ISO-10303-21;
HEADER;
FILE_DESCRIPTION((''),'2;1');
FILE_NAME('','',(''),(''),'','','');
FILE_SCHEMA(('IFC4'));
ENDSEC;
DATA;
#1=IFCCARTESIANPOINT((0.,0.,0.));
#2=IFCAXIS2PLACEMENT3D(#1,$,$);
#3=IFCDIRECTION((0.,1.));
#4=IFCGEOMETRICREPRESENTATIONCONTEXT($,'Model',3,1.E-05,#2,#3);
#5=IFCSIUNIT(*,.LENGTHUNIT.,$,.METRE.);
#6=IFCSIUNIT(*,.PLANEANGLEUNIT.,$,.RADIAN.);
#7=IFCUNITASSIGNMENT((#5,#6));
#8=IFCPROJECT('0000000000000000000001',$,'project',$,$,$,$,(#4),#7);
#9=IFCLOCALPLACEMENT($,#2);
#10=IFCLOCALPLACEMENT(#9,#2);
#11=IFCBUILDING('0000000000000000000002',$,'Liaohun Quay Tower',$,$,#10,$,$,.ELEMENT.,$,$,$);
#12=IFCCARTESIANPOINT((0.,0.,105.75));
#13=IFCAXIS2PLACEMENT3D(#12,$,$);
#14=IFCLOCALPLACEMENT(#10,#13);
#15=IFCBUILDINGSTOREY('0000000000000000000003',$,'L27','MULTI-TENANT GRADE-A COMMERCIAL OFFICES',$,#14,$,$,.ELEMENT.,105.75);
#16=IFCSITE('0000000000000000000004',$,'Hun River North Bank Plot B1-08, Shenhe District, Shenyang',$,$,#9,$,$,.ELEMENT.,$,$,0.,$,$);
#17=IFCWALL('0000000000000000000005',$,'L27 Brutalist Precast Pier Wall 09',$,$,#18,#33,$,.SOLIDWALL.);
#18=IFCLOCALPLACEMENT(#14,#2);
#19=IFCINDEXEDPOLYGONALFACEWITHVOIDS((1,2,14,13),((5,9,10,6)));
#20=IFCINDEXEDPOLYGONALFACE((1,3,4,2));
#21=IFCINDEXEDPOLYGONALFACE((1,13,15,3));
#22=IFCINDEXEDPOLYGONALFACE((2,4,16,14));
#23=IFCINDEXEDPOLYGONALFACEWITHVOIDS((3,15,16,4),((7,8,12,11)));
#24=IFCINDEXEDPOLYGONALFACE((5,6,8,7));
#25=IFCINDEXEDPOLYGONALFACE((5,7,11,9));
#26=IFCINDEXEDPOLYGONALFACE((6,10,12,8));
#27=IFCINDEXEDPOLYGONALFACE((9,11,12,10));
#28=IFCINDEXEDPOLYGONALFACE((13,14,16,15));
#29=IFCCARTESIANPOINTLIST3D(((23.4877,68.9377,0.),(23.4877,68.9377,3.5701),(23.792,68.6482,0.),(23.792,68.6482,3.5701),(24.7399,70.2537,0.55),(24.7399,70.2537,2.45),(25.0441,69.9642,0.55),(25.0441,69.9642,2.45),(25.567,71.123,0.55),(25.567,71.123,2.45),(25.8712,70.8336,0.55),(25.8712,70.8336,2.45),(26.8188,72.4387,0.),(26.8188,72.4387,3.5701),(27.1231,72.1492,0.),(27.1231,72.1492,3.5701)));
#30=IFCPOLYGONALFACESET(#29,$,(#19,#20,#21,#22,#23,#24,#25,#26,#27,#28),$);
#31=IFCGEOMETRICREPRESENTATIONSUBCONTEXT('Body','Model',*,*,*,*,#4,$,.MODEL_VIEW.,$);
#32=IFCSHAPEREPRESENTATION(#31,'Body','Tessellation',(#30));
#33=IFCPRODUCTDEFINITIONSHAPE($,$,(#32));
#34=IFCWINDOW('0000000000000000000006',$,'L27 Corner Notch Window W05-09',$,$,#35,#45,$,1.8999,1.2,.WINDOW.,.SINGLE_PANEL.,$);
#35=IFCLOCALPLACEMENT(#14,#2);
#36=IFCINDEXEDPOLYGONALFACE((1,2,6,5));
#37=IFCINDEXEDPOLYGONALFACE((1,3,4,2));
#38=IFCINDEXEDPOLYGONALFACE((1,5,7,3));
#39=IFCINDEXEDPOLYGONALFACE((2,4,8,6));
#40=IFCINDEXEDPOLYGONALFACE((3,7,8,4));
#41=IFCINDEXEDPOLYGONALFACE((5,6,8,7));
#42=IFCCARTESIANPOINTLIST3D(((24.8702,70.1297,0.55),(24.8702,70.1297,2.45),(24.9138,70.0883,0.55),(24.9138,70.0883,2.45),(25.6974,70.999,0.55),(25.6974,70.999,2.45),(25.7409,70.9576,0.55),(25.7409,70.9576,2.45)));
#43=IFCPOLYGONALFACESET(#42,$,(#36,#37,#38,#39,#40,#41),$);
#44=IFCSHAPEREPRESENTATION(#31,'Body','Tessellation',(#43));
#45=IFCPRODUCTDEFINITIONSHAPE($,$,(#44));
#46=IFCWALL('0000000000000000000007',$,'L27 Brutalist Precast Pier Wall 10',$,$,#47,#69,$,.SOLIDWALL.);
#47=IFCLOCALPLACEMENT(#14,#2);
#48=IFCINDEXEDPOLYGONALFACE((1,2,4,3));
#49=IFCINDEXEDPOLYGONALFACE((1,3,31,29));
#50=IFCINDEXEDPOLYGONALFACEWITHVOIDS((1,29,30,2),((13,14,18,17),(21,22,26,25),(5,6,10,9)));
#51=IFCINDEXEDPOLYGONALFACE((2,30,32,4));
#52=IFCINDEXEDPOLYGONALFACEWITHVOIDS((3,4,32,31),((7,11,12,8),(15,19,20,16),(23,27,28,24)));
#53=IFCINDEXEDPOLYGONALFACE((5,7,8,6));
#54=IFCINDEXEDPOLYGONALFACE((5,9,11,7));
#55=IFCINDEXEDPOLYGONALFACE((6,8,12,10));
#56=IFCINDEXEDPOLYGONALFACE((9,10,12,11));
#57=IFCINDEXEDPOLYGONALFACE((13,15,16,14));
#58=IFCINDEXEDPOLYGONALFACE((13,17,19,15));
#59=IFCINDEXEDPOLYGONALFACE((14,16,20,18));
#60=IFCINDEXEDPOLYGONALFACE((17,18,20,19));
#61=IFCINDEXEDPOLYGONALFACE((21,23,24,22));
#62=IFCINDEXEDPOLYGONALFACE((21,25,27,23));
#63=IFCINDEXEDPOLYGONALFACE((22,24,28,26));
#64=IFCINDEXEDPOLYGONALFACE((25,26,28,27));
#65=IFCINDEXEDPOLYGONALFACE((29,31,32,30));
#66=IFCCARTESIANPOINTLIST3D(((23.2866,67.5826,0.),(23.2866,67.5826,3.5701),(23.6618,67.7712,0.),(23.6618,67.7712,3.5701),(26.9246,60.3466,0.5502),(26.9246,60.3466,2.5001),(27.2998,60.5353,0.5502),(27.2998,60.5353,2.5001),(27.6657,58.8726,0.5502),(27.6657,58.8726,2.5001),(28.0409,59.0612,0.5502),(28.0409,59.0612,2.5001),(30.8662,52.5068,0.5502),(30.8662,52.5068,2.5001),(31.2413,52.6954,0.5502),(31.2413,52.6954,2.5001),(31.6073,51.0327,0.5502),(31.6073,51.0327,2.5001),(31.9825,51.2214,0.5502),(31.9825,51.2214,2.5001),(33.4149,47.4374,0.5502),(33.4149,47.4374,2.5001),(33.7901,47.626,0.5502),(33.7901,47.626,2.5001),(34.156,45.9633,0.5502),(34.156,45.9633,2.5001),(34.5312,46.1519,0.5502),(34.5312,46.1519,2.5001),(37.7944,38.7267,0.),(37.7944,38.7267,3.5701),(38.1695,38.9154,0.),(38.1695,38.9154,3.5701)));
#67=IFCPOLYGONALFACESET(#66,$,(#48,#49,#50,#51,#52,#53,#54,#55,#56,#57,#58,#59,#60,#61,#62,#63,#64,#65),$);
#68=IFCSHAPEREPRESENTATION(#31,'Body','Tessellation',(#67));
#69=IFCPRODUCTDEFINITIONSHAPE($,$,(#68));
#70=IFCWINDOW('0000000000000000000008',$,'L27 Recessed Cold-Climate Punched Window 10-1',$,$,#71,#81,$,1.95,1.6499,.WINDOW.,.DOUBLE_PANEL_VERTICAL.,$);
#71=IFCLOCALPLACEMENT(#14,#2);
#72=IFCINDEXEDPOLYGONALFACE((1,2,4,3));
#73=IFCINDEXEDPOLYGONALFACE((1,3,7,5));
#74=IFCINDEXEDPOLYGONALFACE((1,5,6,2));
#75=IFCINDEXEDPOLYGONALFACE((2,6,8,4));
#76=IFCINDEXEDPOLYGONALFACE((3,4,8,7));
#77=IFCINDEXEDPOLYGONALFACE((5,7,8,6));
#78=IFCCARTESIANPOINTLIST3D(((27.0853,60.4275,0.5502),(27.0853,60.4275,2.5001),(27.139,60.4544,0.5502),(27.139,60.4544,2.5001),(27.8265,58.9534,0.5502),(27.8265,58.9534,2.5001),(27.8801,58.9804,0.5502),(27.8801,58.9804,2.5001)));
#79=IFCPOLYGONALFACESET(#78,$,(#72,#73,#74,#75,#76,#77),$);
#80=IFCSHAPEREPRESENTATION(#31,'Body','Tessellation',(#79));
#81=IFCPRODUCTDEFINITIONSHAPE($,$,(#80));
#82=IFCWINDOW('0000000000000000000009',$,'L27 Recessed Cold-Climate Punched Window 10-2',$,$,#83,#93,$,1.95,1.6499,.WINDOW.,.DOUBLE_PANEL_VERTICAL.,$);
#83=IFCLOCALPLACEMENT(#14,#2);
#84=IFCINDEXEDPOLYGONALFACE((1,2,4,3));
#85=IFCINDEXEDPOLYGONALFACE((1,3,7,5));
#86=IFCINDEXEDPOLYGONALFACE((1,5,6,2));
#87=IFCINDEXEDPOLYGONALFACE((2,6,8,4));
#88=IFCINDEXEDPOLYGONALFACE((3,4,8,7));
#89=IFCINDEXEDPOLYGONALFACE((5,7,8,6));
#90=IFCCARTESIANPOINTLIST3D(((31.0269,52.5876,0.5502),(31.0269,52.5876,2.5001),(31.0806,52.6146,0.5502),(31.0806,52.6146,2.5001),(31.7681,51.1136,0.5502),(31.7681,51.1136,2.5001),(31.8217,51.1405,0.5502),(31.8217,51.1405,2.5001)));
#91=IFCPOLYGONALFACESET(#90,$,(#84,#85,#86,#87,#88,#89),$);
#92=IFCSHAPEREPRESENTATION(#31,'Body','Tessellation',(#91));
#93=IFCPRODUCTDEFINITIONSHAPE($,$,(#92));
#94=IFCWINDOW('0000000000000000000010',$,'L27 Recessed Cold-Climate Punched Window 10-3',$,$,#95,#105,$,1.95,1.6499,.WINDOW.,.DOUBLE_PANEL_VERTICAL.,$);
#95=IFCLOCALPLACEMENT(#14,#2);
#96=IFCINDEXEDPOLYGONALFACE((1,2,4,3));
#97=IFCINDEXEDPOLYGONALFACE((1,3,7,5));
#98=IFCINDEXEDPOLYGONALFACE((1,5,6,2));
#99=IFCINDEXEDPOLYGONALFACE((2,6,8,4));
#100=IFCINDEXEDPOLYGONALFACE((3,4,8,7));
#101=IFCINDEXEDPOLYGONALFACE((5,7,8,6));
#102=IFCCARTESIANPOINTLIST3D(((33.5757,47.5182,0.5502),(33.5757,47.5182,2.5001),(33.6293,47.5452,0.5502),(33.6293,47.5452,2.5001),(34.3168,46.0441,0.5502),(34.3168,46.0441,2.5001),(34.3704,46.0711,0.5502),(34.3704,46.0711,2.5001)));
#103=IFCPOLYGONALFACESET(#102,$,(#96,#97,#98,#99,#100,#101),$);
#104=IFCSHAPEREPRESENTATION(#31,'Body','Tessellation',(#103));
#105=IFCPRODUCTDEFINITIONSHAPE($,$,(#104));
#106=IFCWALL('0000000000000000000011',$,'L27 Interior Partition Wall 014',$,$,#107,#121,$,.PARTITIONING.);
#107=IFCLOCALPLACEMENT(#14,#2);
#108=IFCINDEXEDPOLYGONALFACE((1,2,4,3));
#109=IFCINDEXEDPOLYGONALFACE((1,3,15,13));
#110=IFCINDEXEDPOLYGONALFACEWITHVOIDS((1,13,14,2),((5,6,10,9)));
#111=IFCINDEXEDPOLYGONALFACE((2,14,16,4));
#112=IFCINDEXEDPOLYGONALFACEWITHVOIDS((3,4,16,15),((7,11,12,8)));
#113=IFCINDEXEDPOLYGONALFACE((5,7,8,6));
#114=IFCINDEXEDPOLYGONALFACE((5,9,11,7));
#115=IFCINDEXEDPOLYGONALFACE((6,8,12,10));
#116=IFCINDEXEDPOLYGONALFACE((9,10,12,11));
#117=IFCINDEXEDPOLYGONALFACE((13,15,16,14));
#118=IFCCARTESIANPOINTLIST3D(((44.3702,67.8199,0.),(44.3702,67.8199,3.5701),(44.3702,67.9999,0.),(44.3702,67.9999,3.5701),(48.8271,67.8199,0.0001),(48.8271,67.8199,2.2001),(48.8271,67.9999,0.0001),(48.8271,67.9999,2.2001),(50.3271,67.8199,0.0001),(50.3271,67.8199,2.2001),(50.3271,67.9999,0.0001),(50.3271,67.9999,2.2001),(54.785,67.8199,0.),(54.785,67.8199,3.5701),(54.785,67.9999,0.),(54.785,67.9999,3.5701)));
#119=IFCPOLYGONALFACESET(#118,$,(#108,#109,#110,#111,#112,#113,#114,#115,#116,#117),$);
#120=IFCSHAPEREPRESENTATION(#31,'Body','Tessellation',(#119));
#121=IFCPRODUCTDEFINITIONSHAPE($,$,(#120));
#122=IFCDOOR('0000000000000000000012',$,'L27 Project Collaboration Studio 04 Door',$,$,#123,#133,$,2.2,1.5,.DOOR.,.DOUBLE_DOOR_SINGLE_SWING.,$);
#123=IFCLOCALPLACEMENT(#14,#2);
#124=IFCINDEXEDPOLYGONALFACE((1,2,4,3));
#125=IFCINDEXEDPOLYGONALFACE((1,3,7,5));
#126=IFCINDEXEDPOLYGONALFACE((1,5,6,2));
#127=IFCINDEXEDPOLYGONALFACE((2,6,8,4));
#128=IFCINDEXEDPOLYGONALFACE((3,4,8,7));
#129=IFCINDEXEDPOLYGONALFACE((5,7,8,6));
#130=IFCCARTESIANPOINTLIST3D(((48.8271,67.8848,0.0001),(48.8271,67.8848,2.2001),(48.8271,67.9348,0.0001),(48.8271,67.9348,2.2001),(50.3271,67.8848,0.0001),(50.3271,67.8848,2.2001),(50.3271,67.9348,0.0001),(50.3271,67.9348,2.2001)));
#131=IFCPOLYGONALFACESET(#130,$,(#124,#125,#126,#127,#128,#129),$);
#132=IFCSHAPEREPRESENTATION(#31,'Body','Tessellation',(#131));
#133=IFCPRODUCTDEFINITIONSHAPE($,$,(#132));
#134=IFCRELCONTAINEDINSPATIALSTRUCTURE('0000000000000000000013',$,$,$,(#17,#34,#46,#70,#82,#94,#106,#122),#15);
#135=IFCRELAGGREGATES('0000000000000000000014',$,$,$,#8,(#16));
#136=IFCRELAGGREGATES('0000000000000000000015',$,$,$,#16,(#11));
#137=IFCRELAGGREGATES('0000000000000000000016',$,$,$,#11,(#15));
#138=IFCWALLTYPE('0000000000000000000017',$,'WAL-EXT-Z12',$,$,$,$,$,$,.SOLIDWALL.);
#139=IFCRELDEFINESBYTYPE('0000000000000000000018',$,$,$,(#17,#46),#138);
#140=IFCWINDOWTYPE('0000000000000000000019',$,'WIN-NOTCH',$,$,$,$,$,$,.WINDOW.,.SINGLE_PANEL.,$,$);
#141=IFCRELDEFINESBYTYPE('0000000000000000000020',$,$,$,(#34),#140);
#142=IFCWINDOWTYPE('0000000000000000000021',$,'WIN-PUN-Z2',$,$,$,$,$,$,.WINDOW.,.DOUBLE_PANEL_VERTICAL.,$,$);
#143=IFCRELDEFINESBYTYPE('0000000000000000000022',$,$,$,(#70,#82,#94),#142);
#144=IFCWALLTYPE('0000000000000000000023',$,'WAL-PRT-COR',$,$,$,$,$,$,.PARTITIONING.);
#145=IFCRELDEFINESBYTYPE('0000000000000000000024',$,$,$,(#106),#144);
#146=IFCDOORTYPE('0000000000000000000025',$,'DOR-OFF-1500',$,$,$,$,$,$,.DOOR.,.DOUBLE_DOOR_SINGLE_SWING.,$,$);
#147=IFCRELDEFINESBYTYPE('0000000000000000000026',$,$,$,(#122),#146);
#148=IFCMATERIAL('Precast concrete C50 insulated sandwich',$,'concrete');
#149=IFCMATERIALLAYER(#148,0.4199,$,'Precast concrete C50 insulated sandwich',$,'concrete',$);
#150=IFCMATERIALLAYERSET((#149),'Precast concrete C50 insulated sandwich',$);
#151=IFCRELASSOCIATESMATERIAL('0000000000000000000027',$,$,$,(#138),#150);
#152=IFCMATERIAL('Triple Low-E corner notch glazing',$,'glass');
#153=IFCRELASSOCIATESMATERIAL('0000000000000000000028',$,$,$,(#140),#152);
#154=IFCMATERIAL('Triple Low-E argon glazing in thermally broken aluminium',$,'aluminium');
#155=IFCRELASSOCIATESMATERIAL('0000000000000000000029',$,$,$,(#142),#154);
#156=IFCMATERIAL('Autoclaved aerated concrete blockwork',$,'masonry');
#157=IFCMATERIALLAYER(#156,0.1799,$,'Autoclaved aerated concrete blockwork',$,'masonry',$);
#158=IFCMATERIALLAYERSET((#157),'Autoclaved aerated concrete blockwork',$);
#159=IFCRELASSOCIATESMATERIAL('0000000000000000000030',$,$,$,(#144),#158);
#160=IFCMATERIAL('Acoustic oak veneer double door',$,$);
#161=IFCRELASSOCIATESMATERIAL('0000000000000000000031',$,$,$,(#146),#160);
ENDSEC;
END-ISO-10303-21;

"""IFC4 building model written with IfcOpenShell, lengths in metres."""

from ifc_helpers import new_model, si_unit, direction, frame, frame_2d, origin, place, context, subcontext, project, spatial, rectangle, extrude, source, transform, mapped, material, layer, layer_set, type_object, element, fill, save


model = new_model("IFC4")

# Units and contexts
model_context = context("Model", 3, precision=1e-05, world=origin(), true_north=direction((0.0, 1.0)))
body_context = subcontext(model_context, "Body", "Model", "MODEL_VIEW")
ifc_project = project(units=[si_unit("LENGTHUNIT", "METRE"), si_unit("PLANEANGLEUNIT", "RADIAN")], contexts=[model_context])

# Site, building, storey
site_placement = place(None, origin())
site = spatial("IfcSite", under=ifc_project, at=site_placement, Name="Hun River North Bank Plot B1-08, Shenhe District, Shenyang", CompositionType="ELEMENT", RefElevation=0.0)
building_placement = place(site_placement, origin())
building = spatial("IfcBuilding", under=site, at=building_placement, Name="Liaohun Quay Tower", CompositionType="ELEMENT")
storey_placement = place(building_placement, frame((0.0, 0.0, 105.75)))
storey = spatial("IfcBuildingStorey", under=building, at=storey_placement, Name="L27", Description="MULTI-TENANT GRADE-A COMMERCIAL OFFICES", CompositionType="ELEMENT", Elevation=105.75)

# Wall, opening, window
ifc_material_1 = material(Name="Precast concrete C50 insulated sandwich", Category="concrete")
ifc_layer_1 = layer(ifc_material_1, 0.4199, Name="Precast concrete C50 insulated sandwich", Category="concrete")
ifc_layer_set_1 = layer_set([ifc_layer_1], Name="Precast concrete C50 insulated sandwich")
wall_type_1 = type_object("IfcWallType", Name="WAL-EXT-Z12", PredefinedType="SOLIDWALL", material=ifc_layer_set_1)
shared_shape_1 = source(origin(), body_context, "Body", "SweptSolid", [
    extrude(rectangle(XDim=1.2, YDim=1.8999, at=frame_2d((0.6001, 0.95))), frame((0.0, 0.22, 0.0), z_axis=(0.0, -1.0, 0.0), x_axis=(1.0, 0.0, 0.0)), (0.0, 0.0, 1.0), 0.4399),
])
ifc_material_2 = material(Name="Triple Low-E corner notch glazing", Category="glass")
window_type_1 = type_object("IfcWindowType", Name="WIN-NOTCH", PartitioningType="SINGLE_PANEL", PredefinedType="WINDOW", material=ifc_material_2)
shared_shape_2 = source(origin(), body_context, "Body", "SweptSolid", [
    extrude(rectangle(XDim=1.2, YDim=1.8999, at=frame_2d((0.6001, 0.95))), frame((0.0, 0.03, 0.0), z_axis=(0.0, -1.0, 0.0), x_axis=(1.0, 0.0, 0.0)), (0.0, 0.0, 1.0), 0.0601),
])
wall_1_placement = place(storey_placement, frame((26.9709, 72.2939, 0.0), z_axis=(0.0, 0.0, 1.0), x_axis=(-0.689307, -0.724469, 0.0)))
wall_1 = element("IfcWall", 1, at=wall_1_placement, inside=storey, type_object=wall_type_1, Name="L27 Brutalist Precast Pier Wall 09", PredefinedType="SOLIDWALL", context=body_context, shape_type="SweptSolid", body=[
    extrude(rectangle(XDim=4.8325, YDim=0.4199, at=frame_2d((2.4163, 0.0))), origin(), (0.0, 0.0, 1.0), 3.5701),
])
opening_1_placement = place(wall_1_placement, frame((1.8159, 0.0, 0.55)))
opening_1 = element("IfcOpeningElement", 2, at=opening_1_placement, cuts=wall_1, PredefinedType="OPENING", context=body_context, shape_type="MappedRepresentation", body=[
    mapped(shared_shape_1, transform((0.0, 0.0, 0.0), x_axis=(1.0, 0.0, 0.0), y_axis=(0.0, 1.0, 0.0), z_axis=(0.0, 0.0, 1.0), scale=1.0)),
])
window_1_placement = place(opening_1_placement, origin())
window_1 = element("IfcWindow", 3, at=window_1_placement, inside=storey, type_object=window_type_1, Name="L27 Corner Notch Window W05-09", OverallHeight=1.8999, OverallWidth=1.2, PartitioningType="SINGLE_PANEL", PredefinedType="WINDOW", context=body_context, shape_type="MappedRepresentation", body=[
    mapped(shared_shape_2, transform((0.0, 0.0, 0.0), x_axis=(1.0, 0.0, 0.0), y_axis=(0.0, 1.0, 0.0), z_axis=(0.0, 0.0, 1.0), scale=1.0)),
])
fill(opening_1, window_1)

# Wall, openings, windows
wall_2_placement = place(storey_placement, frame((23.4741, 67.677, 0.0), z_axis=(0.0, 0.0, 1.0), x_axis=(0.44919, -0.893436, 0.0)))
wall_2 = element("IfcWall", 4, at=wall_2_placement, inside=storey, type_object=wall_type_1, Name="L27 Brutalist Precast Pier Wall 10", PredefinedType="SOLIDWALL", context=body_context, shape_type="SweptSolid", body=[
    extrude(rectangle(XDim=32.2976, YDim=0.4199, at=frame_2d((16.1489, 0.0))), origin(), (0.0, 0.0, 1.0), 3.5701),
])
shared_shape_3 = source(origin(), body_context, "Body", "SweptSolid", [
    extrude(rectangle(XDim=1.6499, YDim=1.95, at=frame_2d((0.825, 0.9751))), frame((0.0, 0.22, 0.0), z_axis=(0.0, -1.0, 0.0), x_axis=(1.0, 0.0, 0.0)), (0.0, 0.0, 1.0), 0.4399),
])
opening_2_placement = place(wall_2_placement, frame((8.0991, 0.0, 0.55)))
opening_2 = element("IfcOpeningElement", 5, at=opening_2_placement, cuts=wall_2, PredefinedType="OPENING", context=body_context, shape_type="MappedRepresentation", body=[
    mapped(shared_shape_3, transform((0.0, 0.0, 0.0), x_axis=(1.0, 0.0, 0.0), y_axis=(0.0, 1.0, 0.0), z_axis=(0.0, 0.0, 1.0), scale=1.0)),
])
opening_3_placement = place(wall_2_placement, frame((16.874, 0.0, 0.55)))
opening_3 = element("IfcOpeningElement", 6, at=opening_3_placement, cuts=wall_2, PredefinedType="OPENING", context=body_context, shape_type="MappedRepresentation", body=[
    mapped(shared_shape_3, transform((0.0, 0.0, 0.0), x_axis=(1.0, 0.0, 0.0), y_axis=(0.0, 1.0, 0.0), z_axis=(0.0, 0.0, 1.0), scale=1.0)),
])
opening_4_placement = place(wall_2_placement, frame((22.5481, 0.0, 0.55)))
opening_4 = element("IfcOpeningElement", 7, at=opening_4_placement, cuts=wall_2, PredefinedType="OPENING", context=body_context, shape_type="MappedRepresentation", body=[
    mapped(shared_shape_3, transform((0.0, 0.0, 0.0), x_axis=(1.0, 0.0, 0.0), y_axis=(0.0, 1.0, 0.0), z_axis=(0.0, 0.0, 1.0), scale=1.0)),
])
ifc_material_3 = material(Name="Triple Low-E argon glazing in thermally broken aluminium", Category="aluminium")
window_type_2 = type_object("IfcWindowType", Name="WIN-PUN-Z2", PartitioningType="DOUBLE_PANEL_VERTICAL", PredefinedType="WINDOW", material=ifc_material_3)
shared_shape_4 = source(origin(), body_context, "Body", "SweptSolid", [
    extrude(rectangle(XDim=1.6499, YDim=1.95, at=frame_2d((0.825, 0.9751))), frame((0.0, 0.03, 0.0), z_axis=(0.0, -1.0, 0.0), x_axis=(1.0, 0.0, 0.0)), (0.0, 0.0, 1.0), 0.0601),
])
window_2_placement = place(opening_2_placement, origin())
window_2 = element("IfcWindow", 8, at=window_2_placement, inside=storey, type_object=window_type_2, Name="L27 Recessed Cold-Climate Punched Window 10-1", OverallHeight=1.95, OverallWidth=1.6499, PartitioningType="DOUBLE_PANEL_VERTICAL", PredefinedType="WINDOW", context=body_context, shape_type="MappedRepresentation", body=[
    mapped(shared_shape_4, transform((0.0, 0.0, 0.0), x_axis=(1.0, 0.0, 0.0), y_axis=(0.0, 1.0, 0.0), z_axis=(0.0, 0.0, 1.0), scale=1.0)),
])
fill(opening_2, window_2)
window_3_placement = place(opening_3_placement, origin())
window_3 = element("IfcWindow", 9, at=window_3_placement, inside=storey, type_object=window_type_2, Name="L27 Recessed Cold-Climate Punched Window 10-2", OverallHeight=1.95, OverallWidth=1.6499, PartitioningType="DOUBLE_PANEL_VERTICAL", PredefinedType="WINDOW", context=body_context, shape_type="MappedRepresentation", body=[
    mapped(shared_shape_4, transform((0.0, 0.0, 0.0), x_axis=(1.0, 0.0, 0.0), y_axis=(0.0, 1.0, 0.0), z_axis=(0.0, 0.0, 1.0), scale=1.0)),
])
fill(opening_3, window_3)
window_4_placement = place(opening_4_placement, origin())
window_4 = element("IfcWindow", 10, at=window_4_placement, inside=storey, type_object=window_type_2, Name="L27 Recessed Cold-Climate Punched Window 10-3", OverallHeight=1.95, OverallWidth=1.6499, PartitioningType="DOUBLE_PANEL_VERTICAL", PredefinedType="WINDOW", context=body_context, shape_type="MappedRepresentation", body=[
    mapped(shared_shape_4, transform((0.0, 0.0, 0.0), x_axis=(1.0, 0.0, 0.0), y_axis=(0.0, 1.0, 0.0), z_axis=(0.0, 0.0, 1.0), scale=1.0)),
])
fill(opening_4, window_4)

# Wall, opening, door
ifc_material_4 = material(Name="Autoclaved aerated concrete blockwork", Category="masonry")
ifc_layer_2 = layer(ifc_material_4, 0.1799, Name="Autoclaved aerated concrete blockwork", Category="masonry")
ifc_layer_set_2 = layer_set([ifc_layer_2], Name="Autoclaved aerated concrete blockwork")
wall_type_2 = type_object("IfcWallType", Name="WAL-PRT-COR", PredefinedType="PARTITIONING", material=ifc_layer_set_2)
wall_3_placement = place(storey_placement, frame((44.3701, 67.9099, 0.0), z_axis=(0.0, 0.0, 1.0), x_axis=(1.0, 0.0, 0.0)))
wall_3 = element("IfcWall", 11, at=wall_3_placement, inside=storey, type_object=wall_type_2, Name="L27 Interior Partition Wall 014", PredefinedType="PARTITIONING", context=body_context, shape_type="SweptSolid", body=[
    extrude(rectangle(XDim=10.4148, YDim=0.1799, at=frame_2d((5.2075, 0.0))), origin(), (0.0, 0.0, 1.0), 3.5701),
])
shared_shape_5 = source(origin(), body_context, "Body", "SweptSolid", [
    extrude(rectangle(XDim=1.5, YDim=2.2, at=frame_2d((0.75, 1.1001))), frame((0.0, 0.0999, 0.0), z_axis=(0.0, -1.0, 0.0), x_axis=(1.0, 0.0, 0.0)), (0.0, 0.0, 1.0), 0.2),
])
opening_5_placement = place(wall_3_placement, frame((4.457, 0.0, 0.0)))
opening_5 = element("IfcOpeningElement", 12, at=opening_5_placement, cuts=wall_3, PredefinedType="OPENING", context=body_context, shape_type="MappedRepresentation", body=[
    mapped(shared_shape_5, transform((0.0, 0.0, 0.0), x_axis=(1.0, 0.0, 0.0), y_axis=(0.0, 1.0, 0.0), z_axis=(0.0, 0.0, 1.0), scale=1.0)),
])
ifc_material_5 = material(Name="Acoustic oak veneer double door")
door_type_1 = type_object("IfcDoorType", Name="DOR-OFF-1500", OperationType="DOUBLE_DOOR_SINGLE_SWING", PredefinedType="DOOR", material=ifc_material_5)
shared_shape_6 = source(origin(), body_context, "Body", "SweptSolid", [
    extrude(rectangle(XDim=1.5, YDim=2.2, at=frame_2d((0.75, 1.1001))), frame((0.0, 0.0249, 0.0), z_axis=(0.0, -1.0, 0.0), x_axis=(1.0, 0.0, 0.0)), (0.0, 0.0, 1.0), 0.05),
])
door_1_placement = place(opening_5_placement, origin())
door_1 = element("IfcDoor", 13, at=door_1_placement, inside=storey, type_object=door_type_1, Name="L27 Project Collaboration Studio 04 Door", OperationType="DOUBLE_DOOR_SINGLE_SWING", OverallHeight=2.2, OverallWidth=1.5, PredefinedType="DOOR", context=body_context, shape_type="MappedRepresentation", body=[
    mapped(shared_shape_6, transform((0.0, 0.0, 0.0), x_axis=(1.0, 0.0, 0.0), y_axis=(0.0, 1.0, 0.0), z_axis=(0.0, 0.0, 1.0), scale=1.0)),
])
fill(opening_5, door_1)

save(model, "model.ifc")
